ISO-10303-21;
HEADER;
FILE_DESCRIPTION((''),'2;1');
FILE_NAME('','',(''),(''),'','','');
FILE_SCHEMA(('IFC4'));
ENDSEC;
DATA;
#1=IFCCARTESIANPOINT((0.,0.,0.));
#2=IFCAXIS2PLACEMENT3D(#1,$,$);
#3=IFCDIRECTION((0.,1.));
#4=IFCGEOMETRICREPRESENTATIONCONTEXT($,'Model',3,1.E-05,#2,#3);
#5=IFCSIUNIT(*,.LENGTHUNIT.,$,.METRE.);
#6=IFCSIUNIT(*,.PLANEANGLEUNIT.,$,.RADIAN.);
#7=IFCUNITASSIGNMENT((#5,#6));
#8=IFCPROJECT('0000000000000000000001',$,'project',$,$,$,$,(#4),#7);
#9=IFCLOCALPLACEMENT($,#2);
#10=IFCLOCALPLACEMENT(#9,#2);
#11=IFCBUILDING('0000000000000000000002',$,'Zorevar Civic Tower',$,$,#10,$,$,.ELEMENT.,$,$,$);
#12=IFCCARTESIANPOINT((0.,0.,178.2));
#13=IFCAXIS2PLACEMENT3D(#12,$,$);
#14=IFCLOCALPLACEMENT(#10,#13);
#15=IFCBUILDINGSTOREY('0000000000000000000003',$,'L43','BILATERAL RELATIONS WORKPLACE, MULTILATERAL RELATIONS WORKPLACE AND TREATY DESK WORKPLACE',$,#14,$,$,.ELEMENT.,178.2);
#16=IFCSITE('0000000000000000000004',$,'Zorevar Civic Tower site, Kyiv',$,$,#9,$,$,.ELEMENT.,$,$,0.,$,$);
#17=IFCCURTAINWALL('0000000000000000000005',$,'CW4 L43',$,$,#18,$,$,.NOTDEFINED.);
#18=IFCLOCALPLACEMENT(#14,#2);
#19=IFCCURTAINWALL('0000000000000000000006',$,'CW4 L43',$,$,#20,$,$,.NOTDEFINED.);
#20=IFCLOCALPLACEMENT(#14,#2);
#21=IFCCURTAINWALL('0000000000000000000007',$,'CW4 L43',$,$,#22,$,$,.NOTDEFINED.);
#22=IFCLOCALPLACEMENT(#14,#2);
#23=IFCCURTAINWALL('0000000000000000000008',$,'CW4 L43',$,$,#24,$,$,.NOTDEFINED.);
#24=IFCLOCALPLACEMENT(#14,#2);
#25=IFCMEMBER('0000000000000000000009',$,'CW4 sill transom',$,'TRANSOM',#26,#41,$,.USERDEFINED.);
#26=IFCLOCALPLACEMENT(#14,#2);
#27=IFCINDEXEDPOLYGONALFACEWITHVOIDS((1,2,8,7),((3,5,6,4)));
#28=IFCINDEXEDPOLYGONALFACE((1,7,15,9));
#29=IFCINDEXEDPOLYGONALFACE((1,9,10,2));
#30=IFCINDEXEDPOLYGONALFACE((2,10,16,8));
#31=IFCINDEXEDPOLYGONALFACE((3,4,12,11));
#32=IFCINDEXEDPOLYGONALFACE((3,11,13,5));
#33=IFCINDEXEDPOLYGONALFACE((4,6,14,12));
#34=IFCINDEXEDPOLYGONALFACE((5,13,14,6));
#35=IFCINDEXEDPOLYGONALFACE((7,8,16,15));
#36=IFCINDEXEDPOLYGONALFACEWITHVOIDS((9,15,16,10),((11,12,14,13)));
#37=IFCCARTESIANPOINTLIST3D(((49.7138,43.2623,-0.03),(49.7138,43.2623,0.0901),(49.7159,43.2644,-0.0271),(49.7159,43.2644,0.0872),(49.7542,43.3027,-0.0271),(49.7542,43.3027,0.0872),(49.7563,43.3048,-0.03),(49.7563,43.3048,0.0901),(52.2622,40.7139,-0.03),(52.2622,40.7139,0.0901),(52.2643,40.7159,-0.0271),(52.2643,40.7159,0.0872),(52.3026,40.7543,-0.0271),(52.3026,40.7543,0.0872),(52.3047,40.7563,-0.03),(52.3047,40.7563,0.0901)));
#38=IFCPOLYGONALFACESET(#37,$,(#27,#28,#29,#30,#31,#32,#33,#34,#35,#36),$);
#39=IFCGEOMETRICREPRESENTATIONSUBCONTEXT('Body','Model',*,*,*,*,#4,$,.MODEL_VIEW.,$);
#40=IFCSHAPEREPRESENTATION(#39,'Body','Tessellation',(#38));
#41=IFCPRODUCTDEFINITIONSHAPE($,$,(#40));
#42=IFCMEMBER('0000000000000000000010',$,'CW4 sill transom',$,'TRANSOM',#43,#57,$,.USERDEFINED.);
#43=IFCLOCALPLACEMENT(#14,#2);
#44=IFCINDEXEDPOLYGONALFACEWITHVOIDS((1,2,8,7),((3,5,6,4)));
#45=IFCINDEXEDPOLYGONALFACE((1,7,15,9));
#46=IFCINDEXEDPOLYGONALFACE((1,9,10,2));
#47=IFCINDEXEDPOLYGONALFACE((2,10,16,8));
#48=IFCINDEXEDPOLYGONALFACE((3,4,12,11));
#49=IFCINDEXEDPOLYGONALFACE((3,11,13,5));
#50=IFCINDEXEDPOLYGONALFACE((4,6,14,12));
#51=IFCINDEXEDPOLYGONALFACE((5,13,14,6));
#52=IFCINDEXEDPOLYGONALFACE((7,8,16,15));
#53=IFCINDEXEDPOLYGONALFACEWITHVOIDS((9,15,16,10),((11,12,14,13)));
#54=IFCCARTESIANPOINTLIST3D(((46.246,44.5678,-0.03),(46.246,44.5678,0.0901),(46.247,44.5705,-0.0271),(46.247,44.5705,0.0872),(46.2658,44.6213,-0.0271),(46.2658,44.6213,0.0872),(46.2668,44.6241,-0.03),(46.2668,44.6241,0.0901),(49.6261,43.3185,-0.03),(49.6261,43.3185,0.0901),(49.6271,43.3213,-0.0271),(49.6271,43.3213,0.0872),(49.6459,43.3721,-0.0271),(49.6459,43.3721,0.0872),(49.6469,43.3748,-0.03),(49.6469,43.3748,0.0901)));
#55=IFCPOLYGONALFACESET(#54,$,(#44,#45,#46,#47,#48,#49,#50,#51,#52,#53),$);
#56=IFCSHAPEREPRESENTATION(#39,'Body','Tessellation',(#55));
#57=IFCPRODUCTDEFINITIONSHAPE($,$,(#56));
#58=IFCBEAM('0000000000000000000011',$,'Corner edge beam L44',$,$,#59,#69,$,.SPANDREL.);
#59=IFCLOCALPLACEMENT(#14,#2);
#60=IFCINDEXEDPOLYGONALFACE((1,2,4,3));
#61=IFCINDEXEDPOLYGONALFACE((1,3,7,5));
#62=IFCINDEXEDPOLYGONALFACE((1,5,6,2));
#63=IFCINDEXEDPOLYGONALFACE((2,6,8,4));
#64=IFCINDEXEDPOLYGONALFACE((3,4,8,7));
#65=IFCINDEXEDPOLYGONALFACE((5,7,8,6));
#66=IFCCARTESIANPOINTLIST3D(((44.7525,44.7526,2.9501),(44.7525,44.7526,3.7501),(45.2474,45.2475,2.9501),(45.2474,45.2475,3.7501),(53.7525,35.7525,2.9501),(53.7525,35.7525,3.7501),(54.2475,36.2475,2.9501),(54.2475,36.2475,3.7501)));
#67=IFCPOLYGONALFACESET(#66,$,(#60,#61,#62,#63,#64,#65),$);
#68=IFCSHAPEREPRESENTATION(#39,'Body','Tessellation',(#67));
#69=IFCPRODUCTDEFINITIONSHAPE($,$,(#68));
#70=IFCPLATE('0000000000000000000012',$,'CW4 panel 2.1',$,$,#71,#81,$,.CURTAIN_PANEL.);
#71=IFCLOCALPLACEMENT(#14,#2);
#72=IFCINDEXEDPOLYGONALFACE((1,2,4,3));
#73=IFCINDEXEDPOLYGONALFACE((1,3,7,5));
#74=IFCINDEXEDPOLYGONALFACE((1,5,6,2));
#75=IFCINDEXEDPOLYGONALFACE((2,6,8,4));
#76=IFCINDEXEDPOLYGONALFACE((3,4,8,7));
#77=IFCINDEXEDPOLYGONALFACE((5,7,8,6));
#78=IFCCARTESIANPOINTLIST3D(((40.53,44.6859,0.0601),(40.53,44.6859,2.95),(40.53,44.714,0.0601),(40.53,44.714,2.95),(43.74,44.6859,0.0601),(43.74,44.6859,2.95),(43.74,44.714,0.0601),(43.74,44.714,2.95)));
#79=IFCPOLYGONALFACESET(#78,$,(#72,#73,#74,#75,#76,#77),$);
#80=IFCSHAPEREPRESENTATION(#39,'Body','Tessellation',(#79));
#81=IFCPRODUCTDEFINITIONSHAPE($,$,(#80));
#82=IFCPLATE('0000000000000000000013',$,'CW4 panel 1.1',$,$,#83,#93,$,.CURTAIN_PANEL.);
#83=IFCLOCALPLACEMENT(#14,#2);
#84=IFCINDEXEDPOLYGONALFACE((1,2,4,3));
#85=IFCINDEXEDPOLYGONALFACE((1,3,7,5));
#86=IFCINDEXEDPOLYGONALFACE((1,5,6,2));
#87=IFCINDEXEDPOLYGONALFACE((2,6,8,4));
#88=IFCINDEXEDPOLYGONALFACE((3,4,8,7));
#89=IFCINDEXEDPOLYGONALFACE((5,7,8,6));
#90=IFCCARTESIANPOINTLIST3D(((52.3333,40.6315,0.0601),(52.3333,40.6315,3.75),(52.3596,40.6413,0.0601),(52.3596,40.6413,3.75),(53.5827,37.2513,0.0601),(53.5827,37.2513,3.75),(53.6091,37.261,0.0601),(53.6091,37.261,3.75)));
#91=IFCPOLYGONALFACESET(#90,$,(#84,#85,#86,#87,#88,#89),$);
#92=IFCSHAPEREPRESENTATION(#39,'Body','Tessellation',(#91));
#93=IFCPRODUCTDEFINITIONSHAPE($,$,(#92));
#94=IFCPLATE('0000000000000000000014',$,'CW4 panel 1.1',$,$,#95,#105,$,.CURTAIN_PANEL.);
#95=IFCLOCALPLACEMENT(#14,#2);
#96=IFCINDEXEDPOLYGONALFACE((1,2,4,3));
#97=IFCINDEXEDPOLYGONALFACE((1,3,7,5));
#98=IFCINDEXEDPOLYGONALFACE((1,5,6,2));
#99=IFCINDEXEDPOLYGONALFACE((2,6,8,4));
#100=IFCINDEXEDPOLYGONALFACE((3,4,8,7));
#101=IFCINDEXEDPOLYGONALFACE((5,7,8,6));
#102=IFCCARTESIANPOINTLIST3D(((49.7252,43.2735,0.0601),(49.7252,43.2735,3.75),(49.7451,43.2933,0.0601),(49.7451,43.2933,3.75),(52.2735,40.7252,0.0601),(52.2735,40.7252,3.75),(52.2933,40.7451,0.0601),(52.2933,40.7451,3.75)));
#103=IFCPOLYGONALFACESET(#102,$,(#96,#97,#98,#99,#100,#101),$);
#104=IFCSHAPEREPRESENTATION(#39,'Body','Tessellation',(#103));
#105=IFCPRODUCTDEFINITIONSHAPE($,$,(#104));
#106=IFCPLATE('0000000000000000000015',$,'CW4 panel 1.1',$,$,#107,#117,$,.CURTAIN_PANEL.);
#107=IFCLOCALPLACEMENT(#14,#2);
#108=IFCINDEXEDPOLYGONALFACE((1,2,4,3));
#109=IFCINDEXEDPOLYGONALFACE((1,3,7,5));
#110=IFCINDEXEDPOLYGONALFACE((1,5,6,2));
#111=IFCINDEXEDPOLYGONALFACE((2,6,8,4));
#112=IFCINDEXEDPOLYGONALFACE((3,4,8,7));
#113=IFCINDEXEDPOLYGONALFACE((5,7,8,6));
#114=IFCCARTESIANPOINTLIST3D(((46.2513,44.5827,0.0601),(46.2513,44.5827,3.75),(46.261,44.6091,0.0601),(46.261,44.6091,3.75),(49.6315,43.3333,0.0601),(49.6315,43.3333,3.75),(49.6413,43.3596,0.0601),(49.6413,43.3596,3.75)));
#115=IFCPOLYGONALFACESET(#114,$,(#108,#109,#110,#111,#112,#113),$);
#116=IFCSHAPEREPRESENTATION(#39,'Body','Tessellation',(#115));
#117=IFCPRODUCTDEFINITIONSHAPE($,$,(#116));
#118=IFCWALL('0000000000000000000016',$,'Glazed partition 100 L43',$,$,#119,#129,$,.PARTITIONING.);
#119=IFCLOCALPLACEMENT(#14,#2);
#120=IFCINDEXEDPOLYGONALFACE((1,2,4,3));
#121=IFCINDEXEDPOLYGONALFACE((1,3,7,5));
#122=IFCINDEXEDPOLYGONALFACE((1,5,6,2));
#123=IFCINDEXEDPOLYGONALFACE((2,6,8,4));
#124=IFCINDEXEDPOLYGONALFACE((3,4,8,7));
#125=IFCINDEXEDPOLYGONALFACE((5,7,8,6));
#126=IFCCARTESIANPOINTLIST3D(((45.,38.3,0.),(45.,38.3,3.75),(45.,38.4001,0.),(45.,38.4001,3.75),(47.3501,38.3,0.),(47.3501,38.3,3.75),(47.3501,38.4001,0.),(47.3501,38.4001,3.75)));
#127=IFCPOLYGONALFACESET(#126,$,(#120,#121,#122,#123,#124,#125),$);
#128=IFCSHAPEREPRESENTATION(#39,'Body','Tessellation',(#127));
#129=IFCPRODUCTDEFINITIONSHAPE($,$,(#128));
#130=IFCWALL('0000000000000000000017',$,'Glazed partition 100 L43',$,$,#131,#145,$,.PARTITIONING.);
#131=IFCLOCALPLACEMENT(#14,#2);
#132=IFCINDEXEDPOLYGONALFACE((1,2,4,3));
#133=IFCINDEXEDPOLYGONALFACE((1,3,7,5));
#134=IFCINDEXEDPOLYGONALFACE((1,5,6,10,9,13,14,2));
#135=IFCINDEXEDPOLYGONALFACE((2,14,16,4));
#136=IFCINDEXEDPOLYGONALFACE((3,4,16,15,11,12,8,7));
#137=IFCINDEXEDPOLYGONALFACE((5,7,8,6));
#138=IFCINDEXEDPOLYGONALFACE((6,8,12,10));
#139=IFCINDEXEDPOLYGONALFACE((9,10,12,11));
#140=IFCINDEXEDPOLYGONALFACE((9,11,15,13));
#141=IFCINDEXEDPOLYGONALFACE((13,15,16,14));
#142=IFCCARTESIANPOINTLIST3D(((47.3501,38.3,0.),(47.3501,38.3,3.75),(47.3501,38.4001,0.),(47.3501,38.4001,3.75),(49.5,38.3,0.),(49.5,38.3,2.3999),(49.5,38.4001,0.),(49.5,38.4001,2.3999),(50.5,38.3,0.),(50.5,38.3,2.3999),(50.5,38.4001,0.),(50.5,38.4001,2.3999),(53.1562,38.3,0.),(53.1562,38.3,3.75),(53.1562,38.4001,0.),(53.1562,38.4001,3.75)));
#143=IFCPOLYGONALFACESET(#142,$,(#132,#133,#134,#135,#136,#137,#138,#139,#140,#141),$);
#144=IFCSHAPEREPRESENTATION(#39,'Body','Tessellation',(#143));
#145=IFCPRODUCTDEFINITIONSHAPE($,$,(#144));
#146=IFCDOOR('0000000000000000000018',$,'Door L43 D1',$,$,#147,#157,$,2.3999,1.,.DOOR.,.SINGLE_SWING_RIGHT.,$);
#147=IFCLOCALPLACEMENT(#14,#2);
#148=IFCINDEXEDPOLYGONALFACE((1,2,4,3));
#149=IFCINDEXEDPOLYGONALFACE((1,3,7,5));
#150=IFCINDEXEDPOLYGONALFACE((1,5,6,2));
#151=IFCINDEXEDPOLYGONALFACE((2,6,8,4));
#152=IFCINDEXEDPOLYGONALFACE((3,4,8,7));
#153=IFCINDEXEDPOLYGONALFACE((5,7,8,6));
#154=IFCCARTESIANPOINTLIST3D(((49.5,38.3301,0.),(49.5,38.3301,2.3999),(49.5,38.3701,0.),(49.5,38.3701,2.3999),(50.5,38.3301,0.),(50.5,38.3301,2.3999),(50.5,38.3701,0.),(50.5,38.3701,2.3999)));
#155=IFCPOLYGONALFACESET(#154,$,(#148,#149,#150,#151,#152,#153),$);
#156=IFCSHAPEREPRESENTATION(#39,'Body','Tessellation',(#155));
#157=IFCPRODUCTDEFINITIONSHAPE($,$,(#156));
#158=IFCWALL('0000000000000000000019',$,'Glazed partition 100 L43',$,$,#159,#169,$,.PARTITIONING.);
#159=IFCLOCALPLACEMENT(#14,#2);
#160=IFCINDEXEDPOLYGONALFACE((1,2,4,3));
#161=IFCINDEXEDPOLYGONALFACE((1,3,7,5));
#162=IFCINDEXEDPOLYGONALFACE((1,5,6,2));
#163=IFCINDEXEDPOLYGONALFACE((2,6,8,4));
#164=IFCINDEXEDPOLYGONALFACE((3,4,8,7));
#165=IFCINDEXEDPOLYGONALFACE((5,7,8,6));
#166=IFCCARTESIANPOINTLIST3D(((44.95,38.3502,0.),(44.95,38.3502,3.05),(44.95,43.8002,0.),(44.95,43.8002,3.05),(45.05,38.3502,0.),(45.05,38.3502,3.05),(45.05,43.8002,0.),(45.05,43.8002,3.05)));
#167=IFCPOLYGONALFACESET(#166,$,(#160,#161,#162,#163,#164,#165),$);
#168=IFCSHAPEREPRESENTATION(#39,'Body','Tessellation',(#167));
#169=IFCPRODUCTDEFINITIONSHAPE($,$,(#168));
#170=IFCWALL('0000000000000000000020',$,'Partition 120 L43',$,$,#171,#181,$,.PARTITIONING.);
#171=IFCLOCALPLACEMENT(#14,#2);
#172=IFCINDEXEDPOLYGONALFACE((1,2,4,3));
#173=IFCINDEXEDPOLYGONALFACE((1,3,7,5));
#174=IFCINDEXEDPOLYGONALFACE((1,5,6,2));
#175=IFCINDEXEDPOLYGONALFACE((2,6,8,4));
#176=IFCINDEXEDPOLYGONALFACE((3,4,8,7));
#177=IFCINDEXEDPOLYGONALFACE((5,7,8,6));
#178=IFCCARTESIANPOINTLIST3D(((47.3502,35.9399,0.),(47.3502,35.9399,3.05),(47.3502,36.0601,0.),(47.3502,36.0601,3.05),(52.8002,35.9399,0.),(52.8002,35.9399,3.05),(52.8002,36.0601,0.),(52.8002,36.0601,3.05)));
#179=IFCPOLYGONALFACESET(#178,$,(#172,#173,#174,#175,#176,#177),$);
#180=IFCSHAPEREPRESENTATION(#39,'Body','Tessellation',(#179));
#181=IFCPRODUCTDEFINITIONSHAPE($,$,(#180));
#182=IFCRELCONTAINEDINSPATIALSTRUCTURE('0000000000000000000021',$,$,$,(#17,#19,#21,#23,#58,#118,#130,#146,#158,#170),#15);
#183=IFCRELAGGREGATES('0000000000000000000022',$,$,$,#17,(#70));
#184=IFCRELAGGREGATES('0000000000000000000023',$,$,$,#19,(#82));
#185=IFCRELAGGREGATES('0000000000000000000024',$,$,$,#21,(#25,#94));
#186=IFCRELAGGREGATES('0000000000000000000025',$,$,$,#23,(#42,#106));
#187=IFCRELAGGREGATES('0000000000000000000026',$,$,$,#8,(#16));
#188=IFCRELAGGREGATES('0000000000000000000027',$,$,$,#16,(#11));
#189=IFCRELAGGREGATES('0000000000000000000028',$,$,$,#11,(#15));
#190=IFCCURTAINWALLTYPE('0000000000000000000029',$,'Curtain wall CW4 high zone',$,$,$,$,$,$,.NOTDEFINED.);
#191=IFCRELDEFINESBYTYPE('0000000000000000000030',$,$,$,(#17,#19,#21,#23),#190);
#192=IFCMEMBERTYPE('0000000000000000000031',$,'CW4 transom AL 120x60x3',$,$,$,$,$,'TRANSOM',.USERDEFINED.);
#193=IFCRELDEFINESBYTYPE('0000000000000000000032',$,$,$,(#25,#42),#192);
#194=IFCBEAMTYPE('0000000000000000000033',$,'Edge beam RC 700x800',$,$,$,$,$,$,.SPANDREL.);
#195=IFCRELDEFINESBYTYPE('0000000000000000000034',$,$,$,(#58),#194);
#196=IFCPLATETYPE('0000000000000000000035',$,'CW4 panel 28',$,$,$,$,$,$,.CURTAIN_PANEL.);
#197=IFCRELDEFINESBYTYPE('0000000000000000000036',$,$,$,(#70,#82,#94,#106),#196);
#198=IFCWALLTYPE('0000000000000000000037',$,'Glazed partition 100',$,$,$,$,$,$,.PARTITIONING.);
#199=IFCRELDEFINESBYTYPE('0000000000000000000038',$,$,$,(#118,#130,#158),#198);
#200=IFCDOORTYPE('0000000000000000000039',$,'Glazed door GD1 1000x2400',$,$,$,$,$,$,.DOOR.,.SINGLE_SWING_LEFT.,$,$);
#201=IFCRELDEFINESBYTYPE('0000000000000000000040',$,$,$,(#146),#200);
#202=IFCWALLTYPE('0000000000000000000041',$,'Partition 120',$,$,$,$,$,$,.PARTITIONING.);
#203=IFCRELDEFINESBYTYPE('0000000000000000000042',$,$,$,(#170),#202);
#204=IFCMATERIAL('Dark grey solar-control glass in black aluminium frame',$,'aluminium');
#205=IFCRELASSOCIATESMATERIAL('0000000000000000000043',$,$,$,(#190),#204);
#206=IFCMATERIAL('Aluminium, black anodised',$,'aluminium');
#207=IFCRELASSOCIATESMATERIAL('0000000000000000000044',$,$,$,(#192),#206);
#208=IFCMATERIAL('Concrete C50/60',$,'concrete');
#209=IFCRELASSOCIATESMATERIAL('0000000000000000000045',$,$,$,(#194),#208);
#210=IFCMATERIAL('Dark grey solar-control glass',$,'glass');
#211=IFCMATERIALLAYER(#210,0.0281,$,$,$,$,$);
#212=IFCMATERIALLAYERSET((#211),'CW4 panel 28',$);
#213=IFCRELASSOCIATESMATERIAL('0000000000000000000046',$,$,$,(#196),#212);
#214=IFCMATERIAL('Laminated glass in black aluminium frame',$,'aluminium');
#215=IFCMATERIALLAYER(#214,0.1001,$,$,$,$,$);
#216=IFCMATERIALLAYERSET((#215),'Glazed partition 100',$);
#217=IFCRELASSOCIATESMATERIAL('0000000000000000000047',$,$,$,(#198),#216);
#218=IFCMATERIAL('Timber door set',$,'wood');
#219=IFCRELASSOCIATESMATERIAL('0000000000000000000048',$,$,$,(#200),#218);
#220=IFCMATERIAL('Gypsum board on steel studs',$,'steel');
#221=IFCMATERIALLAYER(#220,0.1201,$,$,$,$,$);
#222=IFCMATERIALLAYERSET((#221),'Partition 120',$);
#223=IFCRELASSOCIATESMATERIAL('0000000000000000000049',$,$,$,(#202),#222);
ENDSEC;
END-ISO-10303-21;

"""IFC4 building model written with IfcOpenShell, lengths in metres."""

from ifc_helpers import new_model, si_unit, direction, frame, frame_2d, origin, origin_2d, place, context, subcontext, project, spatial, rectangle, hollow_rectangle, extrude, material, layer, layer_set, material_profile, profile_set, type_object, element, fill, aggregate, save


model = new_model("IFC4")

# Units and contexts
model_context = context("Model", 3, precision=1e-05, world=origin(), true_north=direction((0.0, 1.0)))
body_context = subcontext(model_context, "Body", "Model", "MODEL_VIEW")
ifc_project = project(units=[si_unit("LENGTHUNIT", "METRE"), si_unit("PLANEANGLEUNIT", "RADIAN")], contexts=[model_context])

# Site, building, storey
site_placement = place(None, origin())
site = spatial("IfcSite", under=ifc_project, at=site_placement, Name="Zorevar Civic Tower site, Kyiv", CompositionType="ELEMENT", RefElevation=0.0)
building_placement = place(site_placement, origin())
building = spatial("IfcBuilding", under=site, at=building_placement, Name="Zorevar Civic Tower", CompositionType="ELEMENT")
storey_placement = place(building_placement, frame((0.0, 0.0, 178.2)))
storey = spatial("IfcBuildingStorey", under=building, at=storey_placement, Name="L43", Description="BILATERAL RELATIONS WORKPLACE, MULTILATERAL RELATIONS WORKPLACE AND TREATY DESK WORKPLACE", CompositionType="ELEMENT", Elevation=178.2)

# Curtain wall
ifc_material_1 = material(Name="Dark grey solar-control glass in black aluminium frame", Category="aluminium")
curtain_wall_type = type_object("IfcCurtainWallType", Name="Curtain wall CW4 high zone", PredefinedType="NOTDEFINED", material=ifc_material_1)
curtain_wall_1_placement = place(storey_placement, origin())
curtain_wall_1 = element("IfcCurtainWall", 1, at=curtain_wall_1_placement, inside=storey, type_object=curtain_wall_type, Name="CW4 L43", PredefinedType="NOTDEFINED")

# Curtain walls
curtain_wall_2_placement = place(storey_placement, origin())
curtain_wall_2 = element("IfcCurtainWall", 2, at=curtain_wall_2_placement, inside=storey, type_object=curtain_wall_type, Name="CW4 L43", PredefinedType="NOTDEFINED")
curtain_wall_3_placement = place(storey_placement, origin())
curtain_wall_3 = element("IfcCurtainWall", 3, at=curtain_wall_3_placement, inside=storey, type_object=curtain_wall_type, Name="CW4 L43", PredefinedType="NOTDEFINED")
curtain_wall_4_placement = place(storey_placement, origin())
curtain_wall_4 = element("IfcCurtainWall", 4, at=curtain_wall_4_placement, inside=storey, type_object=curtain_wall_type, Name="CW4 L43", PredefinedType="NOTDEFINED")

# Members
ifc_material_2 = material(Name="Aluminium, black anodised", Category="aluminium")
ifc_material_profile_1 = material_profile(ifc_material_2, hollow_rectangle(XDim=0.0601, YDim=0.1201, WallThickness=0.0029, at=origin_2d()), Name="AL 120x60x3")
ifc_profile_set_1 = profile_set([ifc_material_profile_1], Name="Aluminium, black anodised")
member_type_1 = type_object("IfcMemberType", Name="CW4 transom AL 120x60x3", ElementType="TRANSOM", PredefinedType="USERDEFINED", material=ifc_profile_set_1)
member_1_placement = place(storey_placement, frame((52.2834, 40.7351, 0.03), z_axis=(-0.707107, 0.707107, 0.0), x_axis=(-0.707107, -0.707107, 0.0)))
member_1 = element("IfcMember", 5, at=member_1_placement, type_object=member_type_1, Name="CW4 sill transom", ObjectType="TRANSOM", PredefinedType="USERDEFINED", context=body_context, shape_type="SweptSolid", body=[
    extrude(hollow_rectangle(XDim=0.0601, YDim=0.1201, WallThickness=0.0029, at=origin_2d()), origin(), (0.0, 0.0, 1.0), 3.604),
])
member_2_placement = place(storey_placement, frame((49.6365, 43.3467, 0.03), z_axis=(-0.937986, 0.346672, 0.0), x_axis=(-0.346672, -0.937986, 0.0)))
member_2 = element("IfcMember", 6, at=member_2_placement, type_object=member_type_1, Name="CW4 sill transom", ObjectType="TRANSOM", PredefinedType="USERDEFINED", context=body_context, shape_type="SweptSolid", body=[
    extrude(hollow_rectangle(XDim=0.0601, YDim=0.1201, WallThickness=0.0029, at=origin_2d()), origin(), (0.0, 0.0, 1.0), 3.6035),
])

# Beam
ifc_material_3 = material(Name="Concrete C50/60", Category="concrete")
ifc_material_profile_2 = material_profile(ifc_material_3, rectangle(XDim=0.7, YDim=0.8, at=origin_2d()), Name="RC 700x800")
ifc_profile_set_2 = profile_set([ifc_material_profile_2], Name="Concrete C50/60")
beam_type_1 = type_object("IfcBeamType", Name="Edge beam RC 700x800", PredefinedType="SPANDREL", material=ifc_profile_set_2)
beam_1_placement = place(storey_placement, frame((54.0, 36.0, 3.3501), z_axis=(-0.707107, 0.707107, 0.0), x_axis=(-0.707107, -0.707107, 0.0)))
element("IfcBeam", 7, at=beam_1_placement, inside=storey, type_object=beam_type_1, Name="Corner edge beam L44", PredefinedType="SPANDREL", context=body_context, shape_type="SweptSolid", body=[
    extrude(rectangle(XDim=0.7, YDim=0.8, at=origin_2d()), origin(), (0.0, 0.0, 1.0), 12.728),
])

# Plates
ifc_material_4 = material(Name="Dark grey solar-control glass", Category="glass")
ifc_layer_1 = layer(ifc_material_4, 0.0281)
ifc_layer_set_1 = layer_set([ifc_layer_1], Name="CW4 panel 28")
plate_type = type_object("IfcPlateType", Name="CW4 panel 28", PredefinedType="CURTAIN_PANEL", material=ifc_layer_set_1)
plate_1_placement = place(storey_placement, frame((42.135, 44.7, 0.0601), z_axis=(0.0, 0.0, 1.0), x_axis=(1.0, 0.0, 0.0)))
plate_1 = element("IfcPlate", 8, at=plate_1_placement, type_object=plate_type, Name="CW4 panel 2.1", PredefinedType="CURTAIN_PANEL", context=body_context, shape_type="SweptSolid", body=[
    extrude(rectangle(XDim=3.21, YDim=0.0281, at=origin_2d()), origin(), (0.0, 0.0, 1.0), 2.8899),
])
aggregate(curtain_wall_1, [plate_1])
plate_2_placement = place(storey_placement, frame((52.9712, 38.9463, 0.0601), z_axis=(0.0, 0.0, 1.0), x_axis=(-0.346704, 0.937975, 0.0)))
plate_2 = element("IfcPlate", 9, at=plate_2_placement, type_object=plate_type, Name="CW4 panel 1.1", PredefinedType="CURTAIN_PANEL", context=body_context, shape_type="SweptSolid", body=[
    extrude(rectangle(XDim=3.6038, YDim=0.0281, at=origin_2d()), origin(), (0.0, 0.0, 1.0), 3.6899),
])
aggregate(curtain_wall_2, [plate_2])
plate_3_placement = place(storey_placement, frame((51.0093, 42.0093, 0.0601), z_axis=(0.0, 0.0, 1.0), x_axis=(-0.707107, 0.707107, 0.0)))
plate_3 = element("IfcPlate", 10, at=plate_3_placement, type_object=plate_type, Name="CW4 panel 1.1", PredefinedType="CURTAIN_PANEL", context=body_context, shape_type="SweptSolid", body=[
    extrude(rectangle(XDim=3.6038, YDim=0.0281, at=origin_2d()), origin(), (0.0, 0.0, 1.0), 3.6899),
])
aggregate(curtain_wall_3, [member_1, plate_3])
plate_4_placement = place(storey_placement, frame((47.9463, 43.9712, 0.0601), z_axis=(0.0, 0.0, 1.0), x_axis=(-0.937975, 0.346704, 0.0)))
plate_4 = element("IfcPlate", 11, at=plate_4_placement, type_object=plate_type, Name="CW4 panel 1.1", PredefinedType="CURTAIN_PANEL", context=body_context, shape_type="SweptSolid", body=[
    extrude(rectangle(XDim=3.6038, YDim=0.0281, at=origin_2d()), origin(), (0.0, 0.0, 1.0), 3.6899),
])
aggregate(curtain_wall_4, [member_2, plate_4])

# Wall
ifc_material_5 = material(Name="Laminated glass in black aluminium frame", Category="aluminium")
ifc_layer_2 = layer(ifc_material_5, 0.1001)
ifc_layer_set_2 = layer_set([ifc_layer_2], Name="Glazed partition 100")
wall_type_1 = type_object("IfcWallType", Name="Glazed partition 100", PredefinedType="PARTITIONING", material=ifc_layer_set_2)
wall_1_placement = place(storey_placement, frame((45.0, 38.3501, 0.0), z_axis=(0.0, 0.0, 1.0), x_axis=(1.0, 0.0, 0.0)))
element("IfcWall", 12, at=wall_1_placement, inside=storey, type_object=wall_type_1, Name="Glazed partition 100 L43", PredefinedType="PARTITIONING", context=body_context, shape_type="SweptSolid", body=[
    extrude(rectangle(XDim=2.3501, YDim=0.1001, at=frame_2d((1.175, 0.0))), origin(), (0.0, 0.0, 1.0), 3.75),
])

# Wall, opening, door
wall_2_placement = place(storey_placement, frame((47.3501, 38.3501, 0.0), z_axis=(0.0, 0.0, 1.0), x_axis=(1.0, 0.0, 0.0)))
wall_2 = element("IfcWall", 13, at=wall_2_placement, inside=storey, type_object=wall_type_1, Name="Glazed partition 100 L43", PredefinedType="PARTITIONING", context=body_context, shape_type="SweptSolid", body=[
    extrude(rectangle(XDim=5.8062, YDim=0.1001, at=frame_2d((2.9031, 0.0))), origin(), (0.0, 0.0, 1.0), 3.75),
])
opening_1_placement = place(wall_2_placement, frame((2.1499, 0.0, 0.0)))
opening_1 = element("IfcOpeningElement", 14, at=opening_1_placement, cuts=wall_2, PredefinedType="OPENING", context=body_context, shape_type="SweptSolid", body=[
    extrude(rectangle(XDim=1.0, YDim=2.3999, at=frame_2d((0.5, 1.2))), frame((0.0, 0.0601, 0.0), z_axis=(0.0, -1.0, 0.0), x_axis=(1.0, 0.0, 0.0)), (0.0, 0.0, 1.0), 0.1201),
])
ifc_material_6 = material(Name="Timber door set", Category="wood")
door_type = type_object("IfcDoorType", Name="Glazed door GD1 1000x2400", OperationType="SINGLE_SWING_LEFT", PredefinedType="DOOR", material=ifc_material_6)
door_1_placement = place(opening_1_placement, origin())
door_1 = element("IfcDoor", 15, at=door_1_placement, inside=storey, type_object=door_type, Name="Door L43 D1", OperationType="SINGLE_SWING_RIGHT", OverallHeight=2.3999, OverallWidth=1.0, PredefinedType="DOOR", context=body_context, shape_type="SweptSolid", body=[
    extrude(rectangle(XDim=1.0, YDim=2.3999, at=frame_2d((0.5, 1.2))), frame((0.0, 0.02, 0.0), z_axis=(0.0, -1.0, 0.0), x_axis=(1.0, 0.0, 0.0)), (0.0, 0.0, 1.0), 0.04),
])
fill(opening_1, door_1)

# Wall
wall_3_placement = place(storey_placement, frame((45.0, 38.3501, 0.0), z_axis=(0.0, 0.0, 1.0), x_axis=(0.0, 1.0, 0.0)))
element("IfcWall", 16, at=wall_3_placement, inside=storey, type_object=wall_type_1, Name="Glazed partition 100 L43", PredefinedType="PARTITIONING", context=body_context, shape_type="SweptSolid", body=[
    extrude(rectangle(XDim=5.45, YDim=0.1001, at=frame_2d((2.7251, 0.0))), origin(), (0.0, 0.0, 1.0), 3.05),
])

# Wall
ifc_material_7 = material(Name="Gypsum board on steel studs", Category="steel")
ifc_layer_3 = layer(ifc_material_7, 0.1201)
ifc_layer_set_3 = layer_set([ifc_layer_3], Name="Partition 120")
wall_type_2 = type_object("IfcWallType", Name="Partition 120", PredefinedType="PARTITIONING", material=ifc_layer_set_3)
wall_4_placement = place(storey_placement, frame((47.3501, 36.0, 0.0), z_axis=(0.0, 0.0, 1.0), x_axis=(1.0, 0.0, 0.0)))
element("IfcWall", 17, at=wall_4_placement, inside=storey, type_object=wall_type_2, Name="Partition 120 L43", PredefinedType="PARTITIONING", context=body_context, shape_type="SweptSolid", body=[
    extrude(rectangle(XDim=5.45, YDim=0.1201, at=frame_2d((2.7251, 0.0))), origin(), (0.0, 0.0, 1.0), 3.05),
])

save(model, "model.ifc")
